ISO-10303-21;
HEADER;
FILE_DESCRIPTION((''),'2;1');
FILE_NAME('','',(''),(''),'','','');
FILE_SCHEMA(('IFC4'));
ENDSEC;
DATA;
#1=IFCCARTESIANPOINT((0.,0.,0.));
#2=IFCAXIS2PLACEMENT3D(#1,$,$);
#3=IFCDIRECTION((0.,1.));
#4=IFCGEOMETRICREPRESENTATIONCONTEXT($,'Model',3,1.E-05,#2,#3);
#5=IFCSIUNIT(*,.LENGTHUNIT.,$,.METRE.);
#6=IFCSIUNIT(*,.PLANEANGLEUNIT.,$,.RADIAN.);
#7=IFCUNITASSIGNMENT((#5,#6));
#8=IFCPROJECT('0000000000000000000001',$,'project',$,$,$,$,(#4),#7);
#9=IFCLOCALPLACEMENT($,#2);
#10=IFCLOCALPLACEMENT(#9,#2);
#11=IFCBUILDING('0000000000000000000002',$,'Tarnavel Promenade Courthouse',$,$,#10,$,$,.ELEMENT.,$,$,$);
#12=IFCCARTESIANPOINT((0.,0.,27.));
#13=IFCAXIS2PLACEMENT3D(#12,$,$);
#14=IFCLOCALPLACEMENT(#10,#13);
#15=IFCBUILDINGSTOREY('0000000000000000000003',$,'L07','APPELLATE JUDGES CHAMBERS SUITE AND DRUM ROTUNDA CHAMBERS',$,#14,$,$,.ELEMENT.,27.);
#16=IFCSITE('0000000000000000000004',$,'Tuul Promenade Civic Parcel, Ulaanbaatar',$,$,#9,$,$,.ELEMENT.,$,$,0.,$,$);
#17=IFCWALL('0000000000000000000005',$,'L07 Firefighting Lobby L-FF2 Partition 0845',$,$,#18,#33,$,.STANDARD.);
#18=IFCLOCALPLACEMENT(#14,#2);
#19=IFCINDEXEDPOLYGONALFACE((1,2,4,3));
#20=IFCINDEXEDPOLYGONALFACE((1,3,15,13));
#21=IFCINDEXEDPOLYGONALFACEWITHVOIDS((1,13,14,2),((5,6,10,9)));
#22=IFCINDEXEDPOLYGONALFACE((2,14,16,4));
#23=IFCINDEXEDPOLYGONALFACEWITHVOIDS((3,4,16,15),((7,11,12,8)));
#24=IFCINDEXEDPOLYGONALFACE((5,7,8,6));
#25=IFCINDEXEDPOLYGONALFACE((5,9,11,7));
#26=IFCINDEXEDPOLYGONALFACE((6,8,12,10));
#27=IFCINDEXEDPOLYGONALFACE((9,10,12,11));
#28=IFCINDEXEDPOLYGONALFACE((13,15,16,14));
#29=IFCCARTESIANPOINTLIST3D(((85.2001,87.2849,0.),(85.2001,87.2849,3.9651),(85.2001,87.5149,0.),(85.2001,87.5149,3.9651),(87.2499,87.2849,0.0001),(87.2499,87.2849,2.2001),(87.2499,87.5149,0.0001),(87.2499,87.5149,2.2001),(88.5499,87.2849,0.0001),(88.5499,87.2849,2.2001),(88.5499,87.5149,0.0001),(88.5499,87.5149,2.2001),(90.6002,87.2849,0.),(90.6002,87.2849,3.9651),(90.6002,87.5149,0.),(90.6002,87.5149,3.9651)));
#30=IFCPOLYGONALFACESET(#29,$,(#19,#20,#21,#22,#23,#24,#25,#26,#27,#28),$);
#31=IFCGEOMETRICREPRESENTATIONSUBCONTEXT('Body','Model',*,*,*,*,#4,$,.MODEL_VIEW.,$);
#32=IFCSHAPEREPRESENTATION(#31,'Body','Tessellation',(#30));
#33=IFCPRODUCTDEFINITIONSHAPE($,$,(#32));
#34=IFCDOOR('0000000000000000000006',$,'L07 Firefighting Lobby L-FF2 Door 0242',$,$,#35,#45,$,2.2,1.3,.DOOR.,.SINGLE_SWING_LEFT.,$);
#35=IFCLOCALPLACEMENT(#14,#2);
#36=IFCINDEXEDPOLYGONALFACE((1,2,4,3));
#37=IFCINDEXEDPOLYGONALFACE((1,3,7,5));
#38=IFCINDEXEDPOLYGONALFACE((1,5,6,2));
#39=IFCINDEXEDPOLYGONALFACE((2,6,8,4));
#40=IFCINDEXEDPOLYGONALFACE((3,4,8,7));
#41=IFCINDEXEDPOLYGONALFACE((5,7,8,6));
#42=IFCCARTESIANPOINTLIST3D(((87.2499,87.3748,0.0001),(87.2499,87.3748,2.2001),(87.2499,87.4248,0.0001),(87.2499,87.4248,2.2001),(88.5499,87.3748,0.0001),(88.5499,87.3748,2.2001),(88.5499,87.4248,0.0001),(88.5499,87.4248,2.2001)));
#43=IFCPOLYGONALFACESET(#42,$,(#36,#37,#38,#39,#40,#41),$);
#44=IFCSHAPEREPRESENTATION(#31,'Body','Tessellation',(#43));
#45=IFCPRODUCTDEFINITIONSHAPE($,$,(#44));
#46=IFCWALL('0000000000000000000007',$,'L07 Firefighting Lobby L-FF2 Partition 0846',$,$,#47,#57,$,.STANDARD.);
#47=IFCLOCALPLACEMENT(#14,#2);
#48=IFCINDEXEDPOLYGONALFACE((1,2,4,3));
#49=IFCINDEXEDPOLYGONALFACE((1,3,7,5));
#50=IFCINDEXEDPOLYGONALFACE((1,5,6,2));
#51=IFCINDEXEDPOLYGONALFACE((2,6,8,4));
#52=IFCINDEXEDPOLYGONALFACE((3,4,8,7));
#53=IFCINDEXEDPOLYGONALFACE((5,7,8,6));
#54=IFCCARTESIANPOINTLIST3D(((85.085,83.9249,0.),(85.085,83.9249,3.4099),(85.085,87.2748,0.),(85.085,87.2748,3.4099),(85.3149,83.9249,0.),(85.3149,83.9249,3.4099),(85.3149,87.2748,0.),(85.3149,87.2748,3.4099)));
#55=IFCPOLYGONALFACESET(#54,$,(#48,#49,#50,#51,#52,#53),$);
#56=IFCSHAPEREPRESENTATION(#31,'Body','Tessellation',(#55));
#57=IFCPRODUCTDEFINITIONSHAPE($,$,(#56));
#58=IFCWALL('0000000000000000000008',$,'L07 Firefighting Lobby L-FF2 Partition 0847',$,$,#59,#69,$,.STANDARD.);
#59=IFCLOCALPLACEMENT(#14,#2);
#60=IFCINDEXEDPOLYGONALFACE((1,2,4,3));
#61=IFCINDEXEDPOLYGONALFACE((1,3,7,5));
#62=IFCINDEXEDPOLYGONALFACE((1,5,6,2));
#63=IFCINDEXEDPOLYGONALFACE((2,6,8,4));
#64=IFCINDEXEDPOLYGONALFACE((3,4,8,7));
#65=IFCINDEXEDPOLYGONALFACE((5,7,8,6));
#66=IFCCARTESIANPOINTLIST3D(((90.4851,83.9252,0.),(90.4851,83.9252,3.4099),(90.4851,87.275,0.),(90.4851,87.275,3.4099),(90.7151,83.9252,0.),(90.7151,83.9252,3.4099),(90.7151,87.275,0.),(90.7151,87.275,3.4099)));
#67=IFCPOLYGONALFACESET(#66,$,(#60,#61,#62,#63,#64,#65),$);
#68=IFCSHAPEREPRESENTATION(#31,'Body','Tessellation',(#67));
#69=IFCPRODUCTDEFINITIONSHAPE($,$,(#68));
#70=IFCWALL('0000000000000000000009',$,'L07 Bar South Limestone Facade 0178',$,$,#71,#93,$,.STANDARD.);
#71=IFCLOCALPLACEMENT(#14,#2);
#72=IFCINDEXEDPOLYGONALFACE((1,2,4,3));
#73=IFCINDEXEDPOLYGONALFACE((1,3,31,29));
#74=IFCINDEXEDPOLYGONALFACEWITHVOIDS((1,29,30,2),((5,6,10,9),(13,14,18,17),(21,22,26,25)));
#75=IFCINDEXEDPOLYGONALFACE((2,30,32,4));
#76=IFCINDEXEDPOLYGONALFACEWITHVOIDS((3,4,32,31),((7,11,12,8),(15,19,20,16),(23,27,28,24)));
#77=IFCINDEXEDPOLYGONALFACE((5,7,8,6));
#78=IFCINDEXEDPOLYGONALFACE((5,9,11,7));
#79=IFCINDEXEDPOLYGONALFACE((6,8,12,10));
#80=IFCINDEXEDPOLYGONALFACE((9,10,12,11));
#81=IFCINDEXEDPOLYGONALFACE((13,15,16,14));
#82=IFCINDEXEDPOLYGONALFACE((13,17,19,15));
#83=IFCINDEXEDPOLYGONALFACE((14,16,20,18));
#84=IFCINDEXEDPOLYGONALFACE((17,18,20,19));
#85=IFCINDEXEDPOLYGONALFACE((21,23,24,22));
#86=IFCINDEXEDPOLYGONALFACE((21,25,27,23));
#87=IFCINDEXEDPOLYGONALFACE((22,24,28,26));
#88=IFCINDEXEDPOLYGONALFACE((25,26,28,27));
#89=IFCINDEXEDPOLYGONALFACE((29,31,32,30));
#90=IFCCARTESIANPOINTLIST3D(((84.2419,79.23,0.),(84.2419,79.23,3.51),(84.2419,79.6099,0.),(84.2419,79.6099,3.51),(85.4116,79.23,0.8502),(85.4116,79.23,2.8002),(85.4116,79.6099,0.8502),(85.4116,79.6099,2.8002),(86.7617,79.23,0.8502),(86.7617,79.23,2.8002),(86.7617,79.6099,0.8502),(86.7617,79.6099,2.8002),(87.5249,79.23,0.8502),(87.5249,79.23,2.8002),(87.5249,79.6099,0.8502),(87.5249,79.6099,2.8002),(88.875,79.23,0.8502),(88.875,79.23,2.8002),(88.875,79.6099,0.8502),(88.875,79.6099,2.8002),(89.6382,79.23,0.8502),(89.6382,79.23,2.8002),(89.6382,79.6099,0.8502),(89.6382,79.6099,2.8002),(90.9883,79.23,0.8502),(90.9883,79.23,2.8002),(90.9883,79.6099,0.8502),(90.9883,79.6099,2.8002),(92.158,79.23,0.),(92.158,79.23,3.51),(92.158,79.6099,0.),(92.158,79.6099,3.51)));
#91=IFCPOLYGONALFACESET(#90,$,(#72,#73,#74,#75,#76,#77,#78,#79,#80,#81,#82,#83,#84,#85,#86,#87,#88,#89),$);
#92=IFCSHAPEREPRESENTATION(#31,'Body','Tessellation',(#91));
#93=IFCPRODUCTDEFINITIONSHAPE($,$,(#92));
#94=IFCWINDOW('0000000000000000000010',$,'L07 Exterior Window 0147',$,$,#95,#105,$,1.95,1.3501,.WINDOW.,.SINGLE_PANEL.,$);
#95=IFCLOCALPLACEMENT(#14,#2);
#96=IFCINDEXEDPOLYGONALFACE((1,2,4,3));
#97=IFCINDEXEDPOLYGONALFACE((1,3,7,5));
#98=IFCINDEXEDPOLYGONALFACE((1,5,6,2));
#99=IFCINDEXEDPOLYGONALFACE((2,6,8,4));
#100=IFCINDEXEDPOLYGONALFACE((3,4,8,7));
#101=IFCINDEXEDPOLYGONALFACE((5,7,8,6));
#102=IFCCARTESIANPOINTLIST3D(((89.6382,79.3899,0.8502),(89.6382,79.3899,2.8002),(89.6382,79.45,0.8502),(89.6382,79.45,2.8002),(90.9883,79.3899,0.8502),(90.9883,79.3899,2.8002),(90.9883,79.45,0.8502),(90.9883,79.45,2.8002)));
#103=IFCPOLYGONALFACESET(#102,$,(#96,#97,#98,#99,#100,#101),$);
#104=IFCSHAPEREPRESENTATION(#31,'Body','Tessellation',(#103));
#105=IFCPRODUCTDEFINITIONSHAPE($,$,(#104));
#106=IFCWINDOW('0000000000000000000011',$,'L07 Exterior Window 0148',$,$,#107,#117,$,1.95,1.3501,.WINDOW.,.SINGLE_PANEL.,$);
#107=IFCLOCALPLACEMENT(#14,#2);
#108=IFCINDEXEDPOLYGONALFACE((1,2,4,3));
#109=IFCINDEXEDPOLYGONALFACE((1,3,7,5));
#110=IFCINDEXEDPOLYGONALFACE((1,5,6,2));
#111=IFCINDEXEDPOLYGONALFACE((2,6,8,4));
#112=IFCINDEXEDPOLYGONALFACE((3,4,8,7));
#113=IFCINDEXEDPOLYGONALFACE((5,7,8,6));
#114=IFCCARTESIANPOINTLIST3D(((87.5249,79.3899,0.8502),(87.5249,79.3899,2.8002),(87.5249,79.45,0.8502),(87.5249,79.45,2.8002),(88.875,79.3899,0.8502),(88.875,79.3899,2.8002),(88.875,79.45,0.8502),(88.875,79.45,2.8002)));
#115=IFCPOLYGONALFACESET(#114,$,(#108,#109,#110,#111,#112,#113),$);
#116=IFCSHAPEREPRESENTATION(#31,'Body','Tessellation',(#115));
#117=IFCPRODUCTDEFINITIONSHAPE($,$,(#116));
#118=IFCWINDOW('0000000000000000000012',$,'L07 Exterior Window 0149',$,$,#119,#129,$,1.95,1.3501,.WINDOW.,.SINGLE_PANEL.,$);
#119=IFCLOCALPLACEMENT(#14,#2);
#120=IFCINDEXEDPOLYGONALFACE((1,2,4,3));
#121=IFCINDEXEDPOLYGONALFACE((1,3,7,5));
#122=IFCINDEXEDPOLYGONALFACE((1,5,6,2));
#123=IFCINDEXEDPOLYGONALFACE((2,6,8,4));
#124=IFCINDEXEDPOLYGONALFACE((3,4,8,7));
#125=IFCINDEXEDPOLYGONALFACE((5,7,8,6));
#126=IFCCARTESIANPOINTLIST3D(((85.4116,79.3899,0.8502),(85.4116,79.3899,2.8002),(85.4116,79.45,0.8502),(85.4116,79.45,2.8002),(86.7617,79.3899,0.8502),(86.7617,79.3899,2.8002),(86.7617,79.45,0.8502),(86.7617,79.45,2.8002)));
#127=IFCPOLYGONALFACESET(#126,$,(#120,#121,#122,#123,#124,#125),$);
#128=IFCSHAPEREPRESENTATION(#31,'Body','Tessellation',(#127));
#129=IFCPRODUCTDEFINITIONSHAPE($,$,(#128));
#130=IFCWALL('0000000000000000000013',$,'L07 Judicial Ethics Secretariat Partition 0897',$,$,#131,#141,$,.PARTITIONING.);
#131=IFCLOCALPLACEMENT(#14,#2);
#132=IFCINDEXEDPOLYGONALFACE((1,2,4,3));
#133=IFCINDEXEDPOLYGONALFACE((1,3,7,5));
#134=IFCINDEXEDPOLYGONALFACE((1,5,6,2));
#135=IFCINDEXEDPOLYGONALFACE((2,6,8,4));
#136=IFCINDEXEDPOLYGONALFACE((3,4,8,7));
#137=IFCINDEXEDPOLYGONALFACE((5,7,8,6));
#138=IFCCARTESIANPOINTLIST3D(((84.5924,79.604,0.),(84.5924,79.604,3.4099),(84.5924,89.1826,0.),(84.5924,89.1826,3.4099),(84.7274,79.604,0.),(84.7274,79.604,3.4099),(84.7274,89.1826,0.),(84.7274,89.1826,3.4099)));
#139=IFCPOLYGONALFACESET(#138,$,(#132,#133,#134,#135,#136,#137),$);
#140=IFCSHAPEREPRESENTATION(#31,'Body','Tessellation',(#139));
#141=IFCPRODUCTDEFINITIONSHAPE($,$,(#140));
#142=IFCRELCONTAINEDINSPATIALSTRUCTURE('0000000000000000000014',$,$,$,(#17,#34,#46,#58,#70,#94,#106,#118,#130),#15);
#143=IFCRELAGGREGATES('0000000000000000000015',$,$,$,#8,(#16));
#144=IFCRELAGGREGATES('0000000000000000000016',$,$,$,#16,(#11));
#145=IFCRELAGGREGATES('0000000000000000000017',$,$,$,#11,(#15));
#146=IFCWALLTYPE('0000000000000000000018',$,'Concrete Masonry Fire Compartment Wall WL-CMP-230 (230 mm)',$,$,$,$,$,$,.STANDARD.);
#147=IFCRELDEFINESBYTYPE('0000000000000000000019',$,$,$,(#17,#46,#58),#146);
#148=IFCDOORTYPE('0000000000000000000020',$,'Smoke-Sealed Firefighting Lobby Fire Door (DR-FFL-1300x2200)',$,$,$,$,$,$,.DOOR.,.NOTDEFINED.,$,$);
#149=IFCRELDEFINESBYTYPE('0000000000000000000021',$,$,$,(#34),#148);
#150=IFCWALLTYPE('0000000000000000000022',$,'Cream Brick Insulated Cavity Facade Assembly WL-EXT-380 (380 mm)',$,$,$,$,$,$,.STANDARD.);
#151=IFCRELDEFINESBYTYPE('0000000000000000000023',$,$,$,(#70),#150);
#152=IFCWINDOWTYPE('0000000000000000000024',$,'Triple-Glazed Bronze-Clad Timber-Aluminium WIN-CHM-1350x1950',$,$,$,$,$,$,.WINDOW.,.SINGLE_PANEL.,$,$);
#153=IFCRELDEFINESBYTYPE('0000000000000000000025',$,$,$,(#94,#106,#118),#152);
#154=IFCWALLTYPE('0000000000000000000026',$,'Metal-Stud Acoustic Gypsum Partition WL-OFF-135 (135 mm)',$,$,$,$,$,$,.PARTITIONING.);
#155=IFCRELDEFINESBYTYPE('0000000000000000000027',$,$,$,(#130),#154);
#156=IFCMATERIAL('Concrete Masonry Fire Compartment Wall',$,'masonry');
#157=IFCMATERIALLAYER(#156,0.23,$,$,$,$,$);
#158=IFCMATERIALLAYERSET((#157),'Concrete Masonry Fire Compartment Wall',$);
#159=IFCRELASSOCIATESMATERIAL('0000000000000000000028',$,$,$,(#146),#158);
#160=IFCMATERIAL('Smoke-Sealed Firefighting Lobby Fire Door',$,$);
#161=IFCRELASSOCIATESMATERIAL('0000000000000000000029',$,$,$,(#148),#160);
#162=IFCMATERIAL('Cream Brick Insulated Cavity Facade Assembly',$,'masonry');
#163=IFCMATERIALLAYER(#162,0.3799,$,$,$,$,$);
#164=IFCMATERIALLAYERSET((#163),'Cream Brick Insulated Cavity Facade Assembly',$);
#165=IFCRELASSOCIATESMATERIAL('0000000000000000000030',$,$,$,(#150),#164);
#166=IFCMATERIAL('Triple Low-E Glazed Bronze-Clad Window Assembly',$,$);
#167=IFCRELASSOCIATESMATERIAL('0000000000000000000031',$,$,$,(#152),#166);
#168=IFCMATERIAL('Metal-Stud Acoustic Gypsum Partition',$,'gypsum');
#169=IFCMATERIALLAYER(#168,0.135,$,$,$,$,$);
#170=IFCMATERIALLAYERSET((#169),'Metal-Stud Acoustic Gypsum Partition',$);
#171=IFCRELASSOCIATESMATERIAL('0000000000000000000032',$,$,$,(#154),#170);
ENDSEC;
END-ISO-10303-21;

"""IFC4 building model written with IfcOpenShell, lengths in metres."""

from ifc_helpers import new_model, si_unit, direction, frame, frame_2d, origin, place, context, subcontext, project, spatial, rectangle, extrude, material, layer, layer_set, type_object, element, fill, save


model = new_model("IFC4")

# Units and contexts
model_context = context("Model", 3, precision=1e-05, world=origin(), true_north=direction((0.0, 1.0)))
body_context = subcontext(model_context, "Body", "Model", "MODEL_VIEW")
ifc_project = project(units=[si_unit("LENGTHUNIT", "METRE"), si_unit("PLANEANGLEUNIT", "RADIAN")], contexts=[model_context])

# Site, building, storey
site_placement = place(None, origin())
site = spatial("IfcSite", under=ifc_project, at=site_placement, Name="Tuul Promenade Civic Parcel, Ulaanbaatar", CompositionType="ELEMENT", RefElevation=0.0)
building_placement = place(site_placement, origin())
building = spatial("IfcBuilding", under=site, at=building_placement, Name="Tarnavel Promenade Courthouse", CompositionType="ELEMENT")
storey_placement = place(building_placement, frame((0.0, 0.0, 27.0)))
storey = spatial("IfcBuildingStorey", under=building, at=storey_placement, Name="L07", Description="APPELLATE JUDGES CHAMBERS SUITE AND DRUM ROTUNDA CHAMBERS", CompositionType="ELEMENT", Elevation=27.0)

# Wall, opening, door
ifc_material_1 = material(Name="Concrete Masonry Fire Compartment Wall", Category="masonry")
ifc_layer_1 = layer(ifc_material_1, 0.23)
ifc_layer_set_1 = layer_set([ifc_layer_1], Name="Concrete Masonry Fire Compartment Wall")
wall_type_1 = type_object("IfcWallType", Name="Concrete Masonry Fire Compartment Wall WL-CMP-230 (230 mm)", PredefinedType="STANDARD", material=ifc_layer_set_1)
wall_1_placement = place(storey_placement, frame((85.2, 87.3999, 0.0), z_axis=(0.0, 0.0, 1.0), x_axis=(1.0, 0.0, 0.0)))
wall_1 = element("IfcWall", 1, at=wall_1_placement, inside=storey, type_object=wall_type_1, Name="L07 Firefighting Lobby L-FF2 Partition 0845", PredefinedType="STANDARD", context=body_context, shape_type="SweptSolid", body=[
    extrude(rectangle(XDim=5.4001, YDim=0.23, at=frame_2d((2.7002, 0.0))), origin(), (0.0, 0.0, 1.0), 3.9651),
])
opening_1_placement = place(wall_1_placement, frame((2.05, 0.0, 0.0)))
opening_1 = element("IfcOpeningElement", 2, at=opening_1_placement, cuts=wall_1, PredefinedType="OPENING", context=body_context, shape_type="SweptSolid", body=[
    extrude(rectangle(XDim=1.3, YDim=2.2, at=frame_2d((0.6499, 1.1001))), frame((0.0, 0.125, 0.0), z_axis=(0.0, -1.0, 0.0), x_axis=(1.0, 0.0, 0.0)), (0.0, 0.0, 1.0), 0.25),
])
ifc_material_2 = material(Name="Smoke-Sealed Firefighting Lobby Fire Door")
door_type_1 = type_object("IfcDoorType", Name="Smoke-Sealed Firefighting Lobby Fire Door (DR-FFL-1300x2200)", OperationType="NOTDEFINED", PredefinedType="DOOR", material=ifc_material_2)
door_1_placement = place(opening_1_placement, origin())
door_1 = element("IfcDoor", 3, at=door_1_placement, inside=storey, type_object=door_type_1, Name="L07 Firefighting Lobby L-FF2 Door 0242", OperationType="SINGLE_SWING_LEFT", OverallHeight=2.2, OverallWidth=1.3, PredefinedType="DOOR", context=body_context, shape_type="SweptSolid", body=[
    extrude(rectangle(XDim=1.3, YDim=2.2, at=frame_2d((0.6499, 1.1001))), frame((0.0, 0.0249, 0.0), z_axis=(0.0, -1.0, 0.0), x_axis=(1.0, 0.0, 0.0)), (0.0, 0.0, 1.0), 0.05),
])
fill(opening_1, door_1)

# Walls
for number, where, z_axis, x_axis, name in (
    (4, (85.2, 83.925, 0.0), (0.0, 0.0, 1.0), (0.0, 1.0, 0.0), "L07 Firefighting Lobby L-FF2 Partition 0846"),
    (5, (90.6001, 87.2749, 0.0), (0.0, 0.0, 1.0), (0.0, -1.0, 0.0), "L07 Firefighting Lobby L-FF2 Partition 0847"),
):
    element("IfcWall", number, at=place(storey_placement, frame(where, z_axis=z_axis, x_axis=x_axis)), inside=storey, type_object=wall_type_1, Name=name, PredefinedType="STANDARD", context=body_context, shape_type="SweptSolid", body=[
        extrude(rectangle(XDim=3.3499, YDim=0.23, at=frame_2d((1.6748, 0.0))), origin(), (0.0, 0.0, 1.0), 3.4099),
    ])

# Wall, openings, windows
ifc_material_3 = material(Name="Cream Brick Insulated Cavity Facade Assembly", Category="masonry")
ifc_layer_2 = layer(ifc_material_3, 0.3799)
ifc_layer_set_2 = layer_set([ifc_layer_2], Name="Cream Brick Insulated Cavity Facade Assembly")
wall_type_2 = type_object("IfcWallType", Name="Cream Brick Insulated Cavity Facade Assembly WL-EXT-380 (380 mm)", PredefinedType="STANDARD", material=ifc_layer_set_2)
wall_2_placement = place(storey_placement, frame((92.158, 79.4199, 0.0), z_axis=(0.0, 0.0, 1.0), x_axis=(-1.0, 0.0, 0.0)))
wall_2 = element("IfcWall", 6, at=wall_2_placement, inside=storey, type_object=wall_type_2, Name="L07 Bar South Limestone Facade 0178", PredefinedType="STANDARD", context=body_context, shape_type="SweptSolid", body=[
    extrude(rectangle(XDim=7.916, YDim=0.3799, at=frame_2d((3.958, 0.0))), origin(), (0.0, 0.0, 1.0), 3.51),
])
opening_2_placement = place(wall_2_placement, frame((1.1697, 0.0, 0.8501)))
opening_2 = element("IfcOpeningElement", 7, at=opening_2_placement, cuts=wall_2, PredefinedType="OPENING", context=body_context, shape_type="SweptSolid", body=[
    extrude(rectangle(XDim=1.3501, YDim=1.95, at=frame_2d((0.675, 0.9751))), frame((0.0, 0.2, 0.0), z_axis=(0.0, -1.0, 0.0), x_axis=(1.0, 0.0, 0.0)), (0.0, 0.0, 1.0), 0.3999),
])
opening_3_placement = place(wall_2_placement, frame((3.283, 0.0, 0.8501)))
opening_3 = element("IfcOpeningElement", 8, at=opening_3_placement, cuts=wall_2, PredefinedType="OPENING", context=body_context, shape_type="SweptSolid", body=[
    extrude(rectangle(XDim=1.3501, YDim=1.95, at=frame_2d((0.675, 0.9751))), frame((0.0, 0.2, 0.0), z_axis=(0.0, -1.0, 0.0), x_axis=(1.0, 0.0, 0.0)), (0.0, 0.0, 1.0), 0.3999),
])
opening_4_placement = place(wall_2_placement, frame((5.3962, 0.0, 0.8501)))
opening_4 = element("IfcOpeningElement", 9, at=opening_4_placement, cuts=wall_2, PredefinedType="OPENING", context=body_context, shape_type="SweptSolid", body=[
    extrude(rectangle(XDim=1.3501, YDim=1.95, at=frame_2d((0.675, 0.9751))), frame((0.0, 0.2, 0.0), z_axis=(0.0, -1.0, 0.0), x_axis=(1.0, 0.0, 0.0)), (0.0, 0.0, 1.0), 0.3999),
])
ifc_material_4 = material(Name="Triple Low-E Glazed Bronze-Clad Window Assembly")
window_type = type_object("IfcWindowType", Name="Triple-Glazed Bronze-Clad Timber-Aluminium WIN-CHM-1350x1950", PartitioningType="SINGLE_PANEL", PredefinedType="WINDOW", material=ifc_material_4)
window_1_placement = place(opening_2_placement, origin())
window_1 = element("IfcWindow", 10, at=window_1_placement, inside=storey, type_object=window_type, Name="L07 Exterior Window 0147", OverallHeight=1.95, OverallWidth=1.3501, PartitioningType="SINGLE_PANEL", PredefinedType="WINDOW", context=body_context, shape_type="SweptSolid", body=[
    extrude(rectangle(XDim=1.3501, YDim=1.95, at=frame_2d((0.675, 0.9751))), frame((0.0, 0.03, 0.0), z_axis=(0.0, -1.0, 0.0), x_axis=(1.0, 0.0, 0.0)), (0.0, 0.0, 1.0), 0.0601),
])
fill(opening_2, window_1)
window_2_placement = place(opening_3_placement, origin())
window_2 = element("IfcWindow", 11, at=window_2_placement, inside=storey, type_object=window_type, Name="L07 Exterior Window 0148", OverallHeight=1.95, OverallWidth=1.3501, PartitioningType="SINGLE_PANEL", PredefinedType="WINDOW", context=body_context, shape_type="SweptSolid", body=[
    extrude(rectangle(XDim=1.3501, YDim=1.95, at=frame_2d((0.675, 0.9751))), frame((0.0, 0.03, 0.0), z_axis=(0.0, -1.0, 0.0), x_axis=(1.0, 0.0, 0.0)), (0.0, 0.0, 1.0), 0.0601),
])
fill(opening_3, window_2)
window_3_placement = place(opening_4_placement, origin())
window_3 = element("IfcWindow", 12, at=window_3_placement, inside=storey, type_object=window_type, Name="L07 Exterior Window 0149", OverallHeight=1.95, OverallWidth=1.3501, PartitioningType="SINGLE_PANEL", PredefinedType="WINDOW", context=body_context, shape_type="SweptSolid", body=[
    extrude(rectangle(XDim=1.3501, YDim=1.95, at=frame_2d((0.675, 0.9751))), frame((0.0, 0.03, 0.0), z_axis=(0.0, -1.0, 0.0), x_axis=(1.0, 0.0, 0.0)), (0.0, 0.0, 1.0), 0.0601),
])
fill(opening_4, window_3)

# Wall
ifc_material_5 = material(Name="Metal-Stud Acoustic Gypsum Partition", Category="gypsum")
ifc_layer_3 = layer(ifc_material_5, 0.135)
ifc_layer_set_3 = layer_set([ifc_layer_3], Name="Metal-Stud Acoustic Gypsum Partition")
wall_type_3 = type_object("IfcWallType", Name="Metal-Stud Acoustic Gypsum Partition WL-OFF-135 (135 mm)", PredefinedType="PARTITIONING", material=ifc_layer_set_3)
wall_3_placement = place(storey_placement, frame((84.6599, 89.1826, 0.0), z_axis=(0.0, 0.0, 1.0), x_axis=(0.0, -1.0, 0.0)))
element("IfcWall", 13, at=wall_3_placement, inside=storey, type_object=wall_type_3, Name="L07 Judicial Ethics Secretariat Partition 0897", PredefinedType="PARTITIONING", context=body_context, shape_type="SweptSolid", body=[
    extrude(rectangle(XDim=9.5786, YDim=0.135, at=frame_2d((4.7893, 0.0))), origin(), (0.0, 0.0, 1.0), 3.4099),
])

save(model, "model.ifc")
